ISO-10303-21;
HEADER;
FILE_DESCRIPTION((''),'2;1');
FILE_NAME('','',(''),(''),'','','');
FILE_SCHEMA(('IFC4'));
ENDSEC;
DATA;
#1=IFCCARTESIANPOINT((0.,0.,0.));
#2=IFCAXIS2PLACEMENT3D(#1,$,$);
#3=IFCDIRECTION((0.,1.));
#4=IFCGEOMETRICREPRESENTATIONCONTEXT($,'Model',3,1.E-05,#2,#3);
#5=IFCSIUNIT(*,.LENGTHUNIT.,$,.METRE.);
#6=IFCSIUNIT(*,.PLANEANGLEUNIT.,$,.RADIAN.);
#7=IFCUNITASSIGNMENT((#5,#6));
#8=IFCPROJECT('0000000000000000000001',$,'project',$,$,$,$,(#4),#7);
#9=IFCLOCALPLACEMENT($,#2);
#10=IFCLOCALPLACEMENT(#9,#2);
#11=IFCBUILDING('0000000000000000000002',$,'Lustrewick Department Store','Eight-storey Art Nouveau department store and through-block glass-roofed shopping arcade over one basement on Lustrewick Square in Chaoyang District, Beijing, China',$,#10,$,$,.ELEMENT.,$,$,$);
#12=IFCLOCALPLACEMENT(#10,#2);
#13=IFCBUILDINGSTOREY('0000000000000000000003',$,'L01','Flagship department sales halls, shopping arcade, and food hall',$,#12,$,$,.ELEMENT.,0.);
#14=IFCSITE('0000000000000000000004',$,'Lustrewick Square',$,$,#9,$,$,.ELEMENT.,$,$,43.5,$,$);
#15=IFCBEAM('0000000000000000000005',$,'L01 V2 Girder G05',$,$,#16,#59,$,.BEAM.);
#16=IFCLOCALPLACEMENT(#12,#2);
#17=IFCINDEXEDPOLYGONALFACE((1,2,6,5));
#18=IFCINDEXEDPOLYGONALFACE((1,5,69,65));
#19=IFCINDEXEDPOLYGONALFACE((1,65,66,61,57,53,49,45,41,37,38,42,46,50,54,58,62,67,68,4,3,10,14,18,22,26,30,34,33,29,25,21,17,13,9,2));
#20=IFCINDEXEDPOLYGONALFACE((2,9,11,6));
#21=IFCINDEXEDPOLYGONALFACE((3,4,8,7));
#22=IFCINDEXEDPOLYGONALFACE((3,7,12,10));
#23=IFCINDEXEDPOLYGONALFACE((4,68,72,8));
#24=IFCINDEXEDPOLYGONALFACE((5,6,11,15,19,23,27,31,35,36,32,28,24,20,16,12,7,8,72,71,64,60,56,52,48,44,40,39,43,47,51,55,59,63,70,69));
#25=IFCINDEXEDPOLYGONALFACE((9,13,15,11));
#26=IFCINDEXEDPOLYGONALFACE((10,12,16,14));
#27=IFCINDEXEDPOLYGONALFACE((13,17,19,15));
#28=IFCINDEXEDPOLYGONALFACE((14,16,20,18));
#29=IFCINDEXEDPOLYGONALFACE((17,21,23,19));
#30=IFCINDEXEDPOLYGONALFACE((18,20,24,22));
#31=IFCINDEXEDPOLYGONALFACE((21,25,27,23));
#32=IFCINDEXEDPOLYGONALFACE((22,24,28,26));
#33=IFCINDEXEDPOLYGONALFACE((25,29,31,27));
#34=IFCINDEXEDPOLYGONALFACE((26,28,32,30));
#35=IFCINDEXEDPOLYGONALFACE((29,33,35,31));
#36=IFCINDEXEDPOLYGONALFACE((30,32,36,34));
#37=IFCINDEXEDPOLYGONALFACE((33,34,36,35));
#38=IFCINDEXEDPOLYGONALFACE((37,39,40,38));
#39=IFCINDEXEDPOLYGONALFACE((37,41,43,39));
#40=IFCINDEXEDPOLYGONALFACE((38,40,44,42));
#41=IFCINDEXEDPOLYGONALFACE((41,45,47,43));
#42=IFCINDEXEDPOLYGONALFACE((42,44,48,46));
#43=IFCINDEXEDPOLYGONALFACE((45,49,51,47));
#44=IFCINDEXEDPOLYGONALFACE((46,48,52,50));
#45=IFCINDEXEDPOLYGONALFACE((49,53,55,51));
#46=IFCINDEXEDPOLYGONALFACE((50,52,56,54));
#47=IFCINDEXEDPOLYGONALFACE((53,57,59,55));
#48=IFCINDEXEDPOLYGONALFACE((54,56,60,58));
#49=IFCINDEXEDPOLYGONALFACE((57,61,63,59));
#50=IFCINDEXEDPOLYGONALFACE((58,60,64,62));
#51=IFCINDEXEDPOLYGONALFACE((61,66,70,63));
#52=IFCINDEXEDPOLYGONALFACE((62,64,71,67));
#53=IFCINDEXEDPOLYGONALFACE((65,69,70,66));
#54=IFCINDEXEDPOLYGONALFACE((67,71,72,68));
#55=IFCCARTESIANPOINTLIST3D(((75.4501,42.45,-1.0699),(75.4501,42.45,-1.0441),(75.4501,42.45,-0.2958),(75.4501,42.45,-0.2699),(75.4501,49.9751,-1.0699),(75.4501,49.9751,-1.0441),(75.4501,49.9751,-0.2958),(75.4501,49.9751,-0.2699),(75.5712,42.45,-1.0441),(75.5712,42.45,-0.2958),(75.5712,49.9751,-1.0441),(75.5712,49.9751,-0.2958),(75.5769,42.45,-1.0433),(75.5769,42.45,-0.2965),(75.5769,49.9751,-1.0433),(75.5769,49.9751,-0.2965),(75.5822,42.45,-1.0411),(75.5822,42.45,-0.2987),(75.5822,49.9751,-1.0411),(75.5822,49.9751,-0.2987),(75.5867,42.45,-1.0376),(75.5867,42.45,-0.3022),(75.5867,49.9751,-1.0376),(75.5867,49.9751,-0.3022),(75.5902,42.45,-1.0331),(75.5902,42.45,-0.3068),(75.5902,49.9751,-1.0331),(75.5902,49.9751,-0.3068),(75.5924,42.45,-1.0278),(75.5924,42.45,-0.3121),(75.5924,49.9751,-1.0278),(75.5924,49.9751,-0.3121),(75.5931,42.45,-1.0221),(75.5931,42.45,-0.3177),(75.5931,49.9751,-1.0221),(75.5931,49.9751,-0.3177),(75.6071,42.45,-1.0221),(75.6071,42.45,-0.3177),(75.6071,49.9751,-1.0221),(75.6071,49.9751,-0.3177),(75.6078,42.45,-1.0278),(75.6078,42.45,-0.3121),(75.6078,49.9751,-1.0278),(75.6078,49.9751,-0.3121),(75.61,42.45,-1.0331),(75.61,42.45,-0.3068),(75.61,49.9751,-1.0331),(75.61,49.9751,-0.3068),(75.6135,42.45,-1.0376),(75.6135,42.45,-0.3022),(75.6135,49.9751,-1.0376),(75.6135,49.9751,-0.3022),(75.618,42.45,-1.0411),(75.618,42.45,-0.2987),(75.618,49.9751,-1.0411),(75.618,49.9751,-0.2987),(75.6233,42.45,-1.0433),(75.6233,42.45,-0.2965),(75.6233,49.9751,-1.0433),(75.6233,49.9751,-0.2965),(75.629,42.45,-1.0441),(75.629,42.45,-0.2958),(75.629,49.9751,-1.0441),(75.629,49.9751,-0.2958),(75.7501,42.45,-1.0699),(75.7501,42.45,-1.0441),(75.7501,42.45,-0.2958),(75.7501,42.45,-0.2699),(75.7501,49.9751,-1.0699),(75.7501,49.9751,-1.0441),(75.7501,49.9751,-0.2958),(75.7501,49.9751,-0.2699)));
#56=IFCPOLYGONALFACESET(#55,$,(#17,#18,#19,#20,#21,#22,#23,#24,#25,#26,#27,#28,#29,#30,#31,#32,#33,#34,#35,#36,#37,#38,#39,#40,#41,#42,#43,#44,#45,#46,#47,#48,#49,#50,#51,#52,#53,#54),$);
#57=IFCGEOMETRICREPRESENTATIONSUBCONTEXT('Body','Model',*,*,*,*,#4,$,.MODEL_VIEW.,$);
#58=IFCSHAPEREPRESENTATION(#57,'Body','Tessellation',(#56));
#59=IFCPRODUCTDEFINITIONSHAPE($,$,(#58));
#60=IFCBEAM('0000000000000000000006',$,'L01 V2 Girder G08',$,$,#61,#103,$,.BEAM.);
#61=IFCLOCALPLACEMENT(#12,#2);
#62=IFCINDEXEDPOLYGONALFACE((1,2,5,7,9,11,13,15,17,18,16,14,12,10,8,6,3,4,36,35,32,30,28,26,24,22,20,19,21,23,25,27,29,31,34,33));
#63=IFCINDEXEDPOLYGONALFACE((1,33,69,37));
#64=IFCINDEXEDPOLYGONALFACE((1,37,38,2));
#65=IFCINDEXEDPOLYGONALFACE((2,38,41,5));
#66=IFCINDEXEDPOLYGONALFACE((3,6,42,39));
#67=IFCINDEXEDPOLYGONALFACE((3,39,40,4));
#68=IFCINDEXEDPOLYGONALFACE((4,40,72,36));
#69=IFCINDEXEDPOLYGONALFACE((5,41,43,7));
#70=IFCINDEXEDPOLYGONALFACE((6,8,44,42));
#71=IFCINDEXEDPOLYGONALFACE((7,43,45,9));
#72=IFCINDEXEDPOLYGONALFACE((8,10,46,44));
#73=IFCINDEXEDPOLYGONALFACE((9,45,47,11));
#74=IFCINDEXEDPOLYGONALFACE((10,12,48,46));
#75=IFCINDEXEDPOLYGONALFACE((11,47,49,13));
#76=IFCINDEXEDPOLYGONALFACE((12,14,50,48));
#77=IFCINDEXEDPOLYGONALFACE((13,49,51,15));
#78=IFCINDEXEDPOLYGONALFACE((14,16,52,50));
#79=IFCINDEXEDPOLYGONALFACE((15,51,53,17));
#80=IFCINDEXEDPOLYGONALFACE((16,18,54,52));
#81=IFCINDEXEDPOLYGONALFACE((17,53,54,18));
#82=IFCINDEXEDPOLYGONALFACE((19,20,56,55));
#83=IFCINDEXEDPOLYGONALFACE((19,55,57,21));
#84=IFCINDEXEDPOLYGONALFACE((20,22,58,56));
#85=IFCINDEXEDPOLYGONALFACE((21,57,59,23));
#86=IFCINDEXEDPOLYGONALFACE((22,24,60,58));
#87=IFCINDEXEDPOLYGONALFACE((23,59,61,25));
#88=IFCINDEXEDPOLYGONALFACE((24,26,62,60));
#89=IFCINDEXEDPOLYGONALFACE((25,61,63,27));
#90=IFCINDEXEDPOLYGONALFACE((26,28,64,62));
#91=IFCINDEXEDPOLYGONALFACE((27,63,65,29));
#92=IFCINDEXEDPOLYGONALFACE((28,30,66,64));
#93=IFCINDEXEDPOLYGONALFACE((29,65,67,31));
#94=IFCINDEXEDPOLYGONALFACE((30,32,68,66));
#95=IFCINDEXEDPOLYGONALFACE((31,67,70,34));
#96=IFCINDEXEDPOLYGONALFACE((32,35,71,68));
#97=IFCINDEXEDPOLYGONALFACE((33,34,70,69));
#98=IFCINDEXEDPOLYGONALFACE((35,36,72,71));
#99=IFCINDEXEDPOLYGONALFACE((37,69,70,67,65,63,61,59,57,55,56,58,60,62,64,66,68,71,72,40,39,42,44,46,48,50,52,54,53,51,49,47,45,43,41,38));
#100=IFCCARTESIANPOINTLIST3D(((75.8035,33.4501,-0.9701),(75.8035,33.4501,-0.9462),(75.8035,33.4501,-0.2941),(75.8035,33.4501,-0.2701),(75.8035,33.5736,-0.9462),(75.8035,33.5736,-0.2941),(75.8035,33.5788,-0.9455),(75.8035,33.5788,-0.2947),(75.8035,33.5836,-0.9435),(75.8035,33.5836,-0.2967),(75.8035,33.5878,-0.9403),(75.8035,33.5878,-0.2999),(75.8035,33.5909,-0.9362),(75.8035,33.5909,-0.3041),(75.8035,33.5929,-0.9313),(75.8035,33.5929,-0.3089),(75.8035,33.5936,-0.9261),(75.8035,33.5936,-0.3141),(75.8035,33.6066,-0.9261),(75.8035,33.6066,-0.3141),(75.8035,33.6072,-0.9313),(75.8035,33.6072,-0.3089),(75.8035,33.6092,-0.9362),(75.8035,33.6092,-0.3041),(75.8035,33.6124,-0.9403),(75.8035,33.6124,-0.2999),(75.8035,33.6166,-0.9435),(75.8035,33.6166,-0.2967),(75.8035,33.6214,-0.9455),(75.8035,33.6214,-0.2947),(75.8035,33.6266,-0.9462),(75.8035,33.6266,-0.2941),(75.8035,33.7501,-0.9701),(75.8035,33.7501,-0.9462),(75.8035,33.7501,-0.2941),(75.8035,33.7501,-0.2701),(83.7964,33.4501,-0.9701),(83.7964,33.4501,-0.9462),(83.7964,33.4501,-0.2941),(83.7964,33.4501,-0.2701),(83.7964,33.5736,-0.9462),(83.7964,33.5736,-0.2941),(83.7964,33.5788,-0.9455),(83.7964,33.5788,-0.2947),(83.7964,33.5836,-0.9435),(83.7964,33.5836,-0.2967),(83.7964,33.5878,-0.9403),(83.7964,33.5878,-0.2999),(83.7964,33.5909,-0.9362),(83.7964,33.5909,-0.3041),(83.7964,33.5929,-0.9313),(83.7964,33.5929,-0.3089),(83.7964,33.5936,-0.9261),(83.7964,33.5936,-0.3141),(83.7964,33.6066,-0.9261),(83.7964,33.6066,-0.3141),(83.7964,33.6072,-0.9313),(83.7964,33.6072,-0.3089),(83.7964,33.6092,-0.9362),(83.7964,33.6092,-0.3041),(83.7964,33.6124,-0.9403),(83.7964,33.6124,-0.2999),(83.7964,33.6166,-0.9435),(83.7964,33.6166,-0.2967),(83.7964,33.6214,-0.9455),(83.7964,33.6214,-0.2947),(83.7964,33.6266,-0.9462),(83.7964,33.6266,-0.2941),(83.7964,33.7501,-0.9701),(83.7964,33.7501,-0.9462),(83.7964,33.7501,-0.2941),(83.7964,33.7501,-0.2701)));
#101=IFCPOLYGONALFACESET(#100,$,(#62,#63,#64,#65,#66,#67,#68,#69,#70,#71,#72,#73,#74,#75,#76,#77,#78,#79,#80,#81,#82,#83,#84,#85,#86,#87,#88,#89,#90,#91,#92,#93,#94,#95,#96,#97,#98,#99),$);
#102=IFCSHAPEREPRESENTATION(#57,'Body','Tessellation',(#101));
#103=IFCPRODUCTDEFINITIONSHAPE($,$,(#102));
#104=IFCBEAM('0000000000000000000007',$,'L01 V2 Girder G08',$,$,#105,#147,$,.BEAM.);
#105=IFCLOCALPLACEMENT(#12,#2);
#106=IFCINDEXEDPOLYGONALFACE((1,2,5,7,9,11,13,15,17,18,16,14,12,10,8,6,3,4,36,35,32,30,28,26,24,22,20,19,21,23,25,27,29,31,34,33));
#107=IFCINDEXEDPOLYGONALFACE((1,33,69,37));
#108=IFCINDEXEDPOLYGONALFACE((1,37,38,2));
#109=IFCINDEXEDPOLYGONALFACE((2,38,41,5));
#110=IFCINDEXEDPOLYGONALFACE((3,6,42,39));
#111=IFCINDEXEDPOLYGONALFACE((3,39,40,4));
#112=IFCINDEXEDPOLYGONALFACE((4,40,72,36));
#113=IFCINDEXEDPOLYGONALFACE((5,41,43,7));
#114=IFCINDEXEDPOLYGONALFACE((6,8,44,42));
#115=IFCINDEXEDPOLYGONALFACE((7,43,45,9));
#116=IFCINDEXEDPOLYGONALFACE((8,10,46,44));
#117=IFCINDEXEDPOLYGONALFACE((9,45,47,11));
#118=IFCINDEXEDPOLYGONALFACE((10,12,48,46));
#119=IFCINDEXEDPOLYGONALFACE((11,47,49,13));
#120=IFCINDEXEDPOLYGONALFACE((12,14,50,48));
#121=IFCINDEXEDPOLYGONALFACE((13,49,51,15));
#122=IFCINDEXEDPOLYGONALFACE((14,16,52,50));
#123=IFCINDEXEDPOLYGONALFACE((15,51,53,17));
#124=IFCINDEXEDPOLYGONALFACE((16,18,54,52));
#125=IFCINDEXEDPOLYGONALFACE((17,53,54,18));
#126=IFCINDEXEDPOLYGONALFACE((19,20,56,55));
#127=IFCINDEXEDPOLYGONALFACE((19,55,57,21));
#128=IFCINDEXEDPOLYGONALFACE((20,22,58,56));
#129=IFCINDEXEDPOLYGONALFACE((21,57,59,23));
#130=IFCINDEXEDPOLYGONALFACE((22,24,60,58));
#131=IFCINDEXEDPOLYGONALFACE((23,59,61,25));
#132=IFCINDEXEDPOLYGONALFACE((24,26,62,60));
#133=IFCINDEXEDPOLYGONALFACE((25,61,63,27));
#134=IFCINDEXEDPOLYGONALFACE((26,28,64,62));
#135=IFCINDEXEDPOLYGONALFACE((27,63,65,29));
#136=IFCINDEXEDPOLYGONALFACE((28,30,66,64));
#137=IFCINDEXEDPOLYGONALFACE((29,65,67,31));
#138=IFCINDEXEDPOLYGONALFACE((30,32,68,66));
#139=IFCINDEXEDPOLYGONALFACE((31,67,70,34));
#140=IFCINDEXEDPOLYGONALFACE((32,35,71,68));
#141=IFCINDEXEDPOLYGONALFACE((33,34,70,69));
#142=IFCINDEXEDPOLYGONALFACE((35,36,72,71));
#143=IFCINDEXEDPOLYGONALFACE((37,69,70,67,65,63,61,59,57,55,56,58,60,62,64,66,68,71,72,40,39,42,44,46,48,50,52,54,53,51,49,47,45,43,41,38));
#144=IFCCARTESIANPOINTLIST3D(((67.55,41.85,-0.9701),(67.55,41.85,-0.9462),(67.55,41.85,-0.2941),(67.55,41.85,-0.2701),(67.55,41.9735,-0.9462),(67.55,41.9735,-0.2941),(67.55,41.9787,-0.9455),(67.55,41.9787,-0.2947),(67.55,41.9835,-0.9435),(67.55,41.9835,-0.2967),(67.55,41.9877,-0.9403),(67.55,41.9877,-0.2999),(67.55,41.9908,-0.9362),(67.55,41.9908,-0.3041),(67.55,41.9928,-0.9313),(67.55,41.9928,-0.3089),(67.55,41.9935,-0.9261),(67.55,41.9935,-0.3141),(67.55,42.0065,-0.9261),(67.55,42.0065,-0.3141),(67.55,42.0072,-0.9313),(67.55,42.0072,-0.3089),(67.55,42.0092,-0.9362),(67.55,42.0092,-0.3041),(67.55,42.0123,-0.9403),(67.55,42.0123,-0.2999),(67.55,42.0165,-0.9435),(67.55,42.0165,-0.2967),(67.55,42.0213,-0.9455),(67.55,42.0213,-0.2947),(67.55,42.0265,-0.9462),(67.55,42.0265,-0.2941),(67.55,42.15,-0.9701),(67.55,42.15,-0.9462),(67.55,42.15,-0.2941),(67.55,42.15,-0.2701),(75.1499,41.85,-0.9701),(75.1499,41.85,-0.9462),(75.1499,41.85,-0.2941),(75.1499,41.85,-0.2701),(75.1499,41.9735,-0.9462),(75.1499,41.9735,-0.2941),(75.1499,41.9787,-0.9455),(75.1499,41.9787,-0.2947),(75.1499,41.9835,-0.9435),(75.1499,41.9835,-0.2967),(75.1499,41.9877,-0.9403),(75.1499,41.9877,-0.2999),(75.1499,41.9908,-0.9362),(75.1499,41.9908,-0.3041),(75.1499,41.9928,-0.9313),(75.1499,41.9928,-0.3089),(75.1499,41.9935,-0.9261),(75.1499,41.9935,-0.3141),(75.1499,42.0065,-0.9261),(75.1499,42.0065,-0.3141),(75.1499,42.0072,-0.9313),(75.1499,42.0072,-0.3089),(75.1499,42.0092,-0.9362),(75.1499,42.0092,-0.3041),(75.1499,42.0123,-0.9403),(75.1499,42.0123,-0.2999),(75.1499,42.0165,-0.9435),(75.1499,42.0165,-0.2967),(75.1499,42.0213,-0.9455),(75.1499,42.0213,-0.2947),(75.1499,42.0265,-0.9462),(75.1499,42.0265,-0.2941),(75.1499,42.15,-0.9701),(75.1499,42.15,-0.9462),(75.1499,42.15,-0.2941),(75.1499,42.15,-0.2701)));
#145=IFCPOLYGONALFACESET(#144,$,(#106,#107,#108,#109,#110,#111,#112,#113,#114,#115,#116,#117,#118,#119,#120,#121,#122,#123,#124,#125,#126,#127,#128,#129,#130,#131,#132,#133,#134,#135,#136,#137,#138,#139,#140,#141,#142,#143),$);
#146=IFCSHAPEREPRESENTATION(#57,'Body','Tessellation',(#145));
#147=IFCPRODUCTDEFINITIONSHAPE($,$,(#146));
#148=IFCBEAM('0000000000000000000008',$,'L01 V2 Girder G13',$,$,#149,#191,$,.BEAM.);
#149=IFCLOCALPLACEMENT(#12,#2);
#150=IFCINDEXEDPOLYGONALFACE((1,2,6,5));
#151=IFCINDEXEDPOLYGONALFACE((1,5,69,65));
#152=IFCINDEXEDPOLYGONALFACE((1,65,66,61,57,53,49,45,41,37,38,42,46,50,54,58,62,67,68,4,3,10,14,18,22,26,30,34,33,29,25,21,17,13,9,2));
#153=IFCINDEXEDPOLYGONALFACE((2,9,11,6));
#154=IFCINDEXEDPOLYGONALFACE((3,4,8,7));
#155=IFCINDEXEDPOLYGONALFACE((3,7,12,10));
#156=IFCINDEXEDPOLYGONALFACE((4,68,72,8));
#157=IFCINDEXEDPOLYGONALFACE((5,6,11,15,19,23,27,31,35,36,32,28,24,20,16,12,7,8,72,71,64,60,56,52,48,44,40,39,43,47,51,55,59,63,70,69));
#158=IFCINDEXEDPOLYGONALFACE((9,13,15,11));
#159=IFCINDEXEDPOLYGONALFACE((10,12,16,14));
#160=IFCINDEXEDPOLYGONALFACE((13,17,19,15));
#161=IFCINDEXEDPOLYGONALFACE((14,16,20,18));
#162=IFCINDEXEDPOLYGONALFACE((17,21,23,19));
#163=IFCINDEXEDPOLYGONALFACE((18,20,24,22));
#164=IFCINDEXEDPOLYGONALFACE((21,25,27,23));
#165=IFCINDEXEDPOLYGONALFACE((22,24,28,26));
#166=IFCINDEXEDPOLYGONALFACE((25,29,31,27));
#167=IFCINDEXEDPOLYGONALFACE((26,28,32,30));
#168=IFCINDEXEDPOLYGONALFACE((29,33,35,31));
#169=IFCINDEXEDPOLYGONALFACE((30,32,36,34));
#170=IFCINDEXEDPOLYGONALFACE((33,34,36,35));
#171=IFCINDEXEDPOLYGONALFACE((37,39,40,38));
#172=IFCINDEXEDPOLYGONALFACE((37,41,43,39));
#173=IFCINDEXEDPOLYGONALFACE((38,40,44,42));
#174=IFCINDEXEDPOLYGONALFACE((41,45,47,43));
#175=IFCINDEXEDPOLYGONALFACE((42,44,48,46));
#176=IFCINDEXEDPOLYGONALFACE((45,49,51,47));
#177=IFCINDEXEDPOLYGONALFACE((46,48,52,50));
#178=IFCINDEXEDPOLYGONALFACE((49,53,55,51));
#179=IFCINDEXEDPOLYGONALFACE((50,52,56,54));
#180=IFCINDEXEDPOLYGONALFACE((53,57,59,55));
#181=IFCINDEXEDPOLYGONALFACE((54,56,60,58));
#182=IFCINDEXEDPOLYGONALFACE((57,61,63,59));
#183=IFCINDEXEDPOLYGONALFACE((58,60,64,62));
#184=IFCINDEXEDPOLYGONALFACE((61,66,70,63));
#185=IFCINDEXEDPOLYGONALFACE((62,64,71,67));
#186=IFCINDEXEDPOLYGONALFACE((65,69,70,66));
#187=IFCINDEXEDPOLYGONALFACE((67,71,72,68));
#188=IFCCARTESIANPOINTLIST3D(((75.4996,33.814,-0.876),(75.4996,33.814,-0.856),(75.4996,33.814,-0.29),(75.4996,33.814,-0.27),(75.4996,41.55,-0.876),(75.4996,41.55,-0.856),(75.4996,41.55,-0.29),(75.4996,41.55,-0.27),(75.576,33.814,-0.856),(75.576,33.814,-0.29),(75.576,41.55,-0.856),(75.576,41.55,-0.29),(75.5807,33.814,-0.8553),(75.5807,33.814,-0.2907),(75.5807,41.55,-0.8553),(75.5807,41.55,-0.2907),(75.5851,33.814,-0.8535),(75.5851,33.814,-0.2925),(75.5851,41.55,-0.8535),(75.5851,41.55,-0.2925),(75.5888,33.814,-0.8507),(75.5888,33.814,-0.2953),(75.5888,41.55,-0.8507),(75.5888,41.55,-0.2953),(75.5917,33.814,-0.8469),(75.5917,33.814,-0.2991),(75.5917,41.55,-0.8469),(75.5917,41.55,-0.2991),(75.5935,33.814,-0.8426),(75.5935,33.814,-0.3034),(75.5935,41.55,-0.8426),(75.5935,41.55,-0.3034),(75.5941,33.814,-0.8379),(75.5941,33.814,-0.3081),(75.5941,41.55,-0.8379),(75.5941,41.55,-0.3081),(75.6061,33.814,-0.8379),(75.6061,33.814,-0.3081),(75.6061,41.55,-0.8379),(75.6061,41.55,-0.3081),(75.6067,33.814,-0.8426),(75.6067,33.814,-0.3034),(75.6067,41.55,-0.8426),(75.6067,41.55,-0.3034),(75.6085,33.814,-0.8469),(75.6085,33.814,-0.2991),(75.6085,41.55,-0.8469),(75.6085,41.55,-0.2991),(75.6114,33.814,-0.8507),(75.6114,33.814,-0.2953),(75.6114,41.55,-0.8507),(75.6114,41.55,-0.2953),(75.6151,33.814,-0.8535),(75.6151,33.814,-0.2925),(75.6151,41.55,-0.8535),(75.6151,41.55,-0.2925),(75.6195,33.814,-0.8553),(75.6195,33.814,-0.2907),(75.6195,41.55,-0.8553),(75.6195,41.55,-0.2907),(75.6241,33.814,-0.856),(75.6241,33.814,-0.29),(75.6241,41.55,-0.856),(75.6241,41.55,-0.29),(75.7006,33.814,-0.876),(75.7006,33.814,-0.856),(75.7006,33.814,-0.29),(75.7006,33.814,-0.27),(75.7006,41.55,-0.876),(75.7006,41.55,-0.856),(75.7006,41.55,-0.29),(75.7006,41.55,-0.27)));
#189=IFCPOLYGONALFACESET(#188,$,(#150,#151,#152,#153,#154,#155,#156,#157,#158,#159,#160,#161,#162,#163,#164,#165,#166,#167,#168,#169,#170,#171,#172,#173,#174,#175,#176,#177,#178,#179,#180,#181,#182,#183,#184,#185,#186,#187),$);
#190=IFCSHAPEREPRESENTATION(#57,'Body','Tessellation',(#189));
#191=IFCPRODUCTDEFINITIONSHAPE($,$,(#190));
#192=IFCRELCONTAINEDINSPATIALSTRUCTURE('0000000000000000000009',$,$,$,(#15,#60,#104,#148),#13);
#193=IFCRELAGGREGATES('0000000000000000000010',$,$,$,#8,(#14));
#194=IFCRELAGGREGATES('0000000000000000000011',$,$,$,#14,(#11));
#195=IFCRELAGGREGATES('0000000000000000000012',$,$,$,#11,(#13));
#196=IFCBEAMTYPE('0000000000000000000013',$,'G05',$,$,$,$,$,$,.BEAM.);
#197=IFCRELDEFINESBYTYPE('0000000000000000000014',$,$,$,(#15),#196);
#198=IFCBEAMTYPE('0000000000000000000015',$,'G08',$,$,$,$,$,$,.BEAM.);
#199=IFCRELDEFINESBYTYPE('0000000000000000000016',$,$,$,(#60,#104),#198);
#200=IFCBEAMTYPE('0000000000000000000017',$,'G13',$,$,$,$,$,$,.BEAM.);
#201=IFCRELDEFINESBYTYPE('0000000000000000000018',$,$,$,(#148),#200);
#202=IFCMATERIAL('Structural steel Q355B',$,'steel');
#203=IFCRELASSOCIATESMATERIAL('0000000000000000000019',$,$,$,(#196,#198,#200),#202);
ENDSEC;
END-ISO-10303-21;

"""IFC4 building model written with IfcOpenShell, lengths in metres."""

from ifc_helpers import new_model, si_unit, direction, frame, origin, origin_2d, place, context, subcontext, project, spatial, i_section, extrude, material, material_profile, profile_set, type_object, element, save


model = new_model("IFC4")

# Units and contexts
model_context = context("Model", 3, precision=1e-05, world=origin(), true_north=direction((0.0, 1.0)))
body_context = subcontext(model_context, "Body", "Model", "MODEL_VIEW")
ifc_project = project(units=[si_unit("LENGTHUNIT", "METRE"), si_unit("PLANEANGLEUNIT", "RADIAN")], contexts=[model_context])

# Site, building, storey
site_placement = place(None, origin())
site = spatial("IfcSite", under=ifc_project, at=site_placement, Name="Lustrewick Square", CompositionType="ELEMENT", RefElevation=43.5)
building_placement = place(site_placement, origin())
building = spatial("IfcBuilding", under=site, at=building_placement, Name="Lustrewick Department Store", Description="Eight-storey Art Nouveau department store and through-block glass-roofed shopping arcade over one basement on Lustrewick Square in Chaoyang District, Beijing, China", CompositionType="ELEMENT")
storey_placement = place(building_placement, origin())
storey = spatial("IfcBuildingStorey", under=building, at=storey_placement, Name="L01", Description="Flagship department sales halls, shopping arcade, and food hall", CompositionType="ELEMENT", Elevation=0.0)

# Shared definitions
ifc_material_1 = material(Name="Structural steel Q355B", Category="steel")

# Beams
ifc_material_profile_1 = material_profile(ifc_material_1, i_section(OverallWidth=0.3, OverallDepth=0.8, WebThickness=0.0139, FlangeThickness=0.0259, FilletRadius=0.022, at=origin_2d()), Name="HN 800x300x14x26")
ifc_profile_set_1 = profile_set([ifc_material_profile_1], Name="Structural steel Q355B")
beam_type_1 = type_object("IfcBeamType", Name="G05", PredefinedType="BEAM", material=ifc_profile_set_1)
beam_1_placement = place(storey_placement, frame((75.6001, 42.45, -0.6699), z_axis=(0.0, 1.0, 0.0), x_axis=(-1.0, 0.0, 0.0)))
element("IfcBeam", 1, at=beam_1_placement, inside=storey, type_object=beam_type_1, Name="L01 V2 Girder G05", PredefinedType="BEAM", context=body_context, shape_type="SweptSolid", body=[
    extrude(i_section(OverallWidth=0.3, OverallDepth=0.8, WebThickness=0.0139, FlangeThickness=0.0259, FilletRadius=0.022, at=origin_2d()), origin(), (0.0, 0.0, 1.0), 7.5251),
])
ifc_material_profile_2 = material_profile(ifc_material_1, i_section(OverallWidth=0.3, OverallDepth=0.7, WebThickness=0.0129, FlangeThickness=0.0239, FilletRadius=0.02, at=origin_2d()), Name="HN 700x300x13x24")
ifc_profile_set_2 = profile_set([ifc_material_profile_2], Name="Structural steel Q355B")
beam_type_2 = type_object("IfcBeamType", Name="G08", PredefinedType="BEAM", material=ifc_profile_set_2)
beam_2_placement = place(storey_placement, frame((75.8035, 33.6001, -0.6201), z_axis=(1.0, 0.0, 0.0), x_axis=(0.0, 1.0, 0.0)))
element("IfcBeam", 2, at=beam_2_placement, inside=storey, type_object=beam_type_2, Name="L01 V2 Girder G08", PredefinedType="BEAM", context=body_context, shape_type="SweptSolid", body=[
    extrude(i_section(OverallWidth=0.3, OverallDepth=0.7, WebThickness=0.0129, FlangeThickness=0.0239, FilletRadius=0.02, at=origin_2d()), origin(), (0.0, 0.0, 1.0), 7.9929),
])
beam_3_placement = place(storey_placement, frame((67.55, 42.0, -0.6201), z_axis=(1.0, 0.0, 0.0), x_axis=(0.0, 1.0, 0.0)))
element("IfcBeam", 3, at=beam_3_placement, inside=storey, type_object=beam_type_2, Name="L01 V2 Girder G08", PredefinedType="BEAM", context=body_context, shape_type="SweptSolid", body=[
    extrude(i_section(OverallWidth=0.3, OverallDepth=0.7, WebThickness=0.0129, FlangeThickness=0.0239, FilletRadius=0.02, at=origin_2d()), origin(), (0.0, 0.0, 1.0), 7.5999),
])
ifc_material_profile_3 = material_profile(ifc_material_1, i_section(OverallWidth=0.2009, OverallDepth=0.606, WebThickness=0.012, FlangeThickness=0.02, FilletRadius=0.0181, at=origin_2d()), Name="HN 606x201x12x20")
ifc_profile_set_3 = profile_set([ifc_material_profile_3], Name="Structural steel Q355B")
beam_type_3 = type_object("IfcBeamType", Name="G13", PredefinedType="BEAM", material=ifc_profile_set_3)
beam_4_placement = place(storey_placement, frame((75.6001, 33.814, -0.573), z_axis=(0.0, 1.0, 0.0), x_axis=(-1.0, 0.0, 0.0)))
element("IfcBeam", 4, at=beam_4_placement, inside=storey, type_object=beam_type_3, Name="L01 V2 Girder G13", PredefinedType="BEAM", context=body_context, shape_type="SweptSolid", body=[
    extrude(i_section(OverallWidth=0.2009, OverallDepth=0.606, WebThickness=0.012, FlangeThickness=0.02, FilletRadius=0.0181, at=origin_2d()), origin(), (0.0, 0.0, 1.0), 7.7361),
])

save(model, "model.ifc")
